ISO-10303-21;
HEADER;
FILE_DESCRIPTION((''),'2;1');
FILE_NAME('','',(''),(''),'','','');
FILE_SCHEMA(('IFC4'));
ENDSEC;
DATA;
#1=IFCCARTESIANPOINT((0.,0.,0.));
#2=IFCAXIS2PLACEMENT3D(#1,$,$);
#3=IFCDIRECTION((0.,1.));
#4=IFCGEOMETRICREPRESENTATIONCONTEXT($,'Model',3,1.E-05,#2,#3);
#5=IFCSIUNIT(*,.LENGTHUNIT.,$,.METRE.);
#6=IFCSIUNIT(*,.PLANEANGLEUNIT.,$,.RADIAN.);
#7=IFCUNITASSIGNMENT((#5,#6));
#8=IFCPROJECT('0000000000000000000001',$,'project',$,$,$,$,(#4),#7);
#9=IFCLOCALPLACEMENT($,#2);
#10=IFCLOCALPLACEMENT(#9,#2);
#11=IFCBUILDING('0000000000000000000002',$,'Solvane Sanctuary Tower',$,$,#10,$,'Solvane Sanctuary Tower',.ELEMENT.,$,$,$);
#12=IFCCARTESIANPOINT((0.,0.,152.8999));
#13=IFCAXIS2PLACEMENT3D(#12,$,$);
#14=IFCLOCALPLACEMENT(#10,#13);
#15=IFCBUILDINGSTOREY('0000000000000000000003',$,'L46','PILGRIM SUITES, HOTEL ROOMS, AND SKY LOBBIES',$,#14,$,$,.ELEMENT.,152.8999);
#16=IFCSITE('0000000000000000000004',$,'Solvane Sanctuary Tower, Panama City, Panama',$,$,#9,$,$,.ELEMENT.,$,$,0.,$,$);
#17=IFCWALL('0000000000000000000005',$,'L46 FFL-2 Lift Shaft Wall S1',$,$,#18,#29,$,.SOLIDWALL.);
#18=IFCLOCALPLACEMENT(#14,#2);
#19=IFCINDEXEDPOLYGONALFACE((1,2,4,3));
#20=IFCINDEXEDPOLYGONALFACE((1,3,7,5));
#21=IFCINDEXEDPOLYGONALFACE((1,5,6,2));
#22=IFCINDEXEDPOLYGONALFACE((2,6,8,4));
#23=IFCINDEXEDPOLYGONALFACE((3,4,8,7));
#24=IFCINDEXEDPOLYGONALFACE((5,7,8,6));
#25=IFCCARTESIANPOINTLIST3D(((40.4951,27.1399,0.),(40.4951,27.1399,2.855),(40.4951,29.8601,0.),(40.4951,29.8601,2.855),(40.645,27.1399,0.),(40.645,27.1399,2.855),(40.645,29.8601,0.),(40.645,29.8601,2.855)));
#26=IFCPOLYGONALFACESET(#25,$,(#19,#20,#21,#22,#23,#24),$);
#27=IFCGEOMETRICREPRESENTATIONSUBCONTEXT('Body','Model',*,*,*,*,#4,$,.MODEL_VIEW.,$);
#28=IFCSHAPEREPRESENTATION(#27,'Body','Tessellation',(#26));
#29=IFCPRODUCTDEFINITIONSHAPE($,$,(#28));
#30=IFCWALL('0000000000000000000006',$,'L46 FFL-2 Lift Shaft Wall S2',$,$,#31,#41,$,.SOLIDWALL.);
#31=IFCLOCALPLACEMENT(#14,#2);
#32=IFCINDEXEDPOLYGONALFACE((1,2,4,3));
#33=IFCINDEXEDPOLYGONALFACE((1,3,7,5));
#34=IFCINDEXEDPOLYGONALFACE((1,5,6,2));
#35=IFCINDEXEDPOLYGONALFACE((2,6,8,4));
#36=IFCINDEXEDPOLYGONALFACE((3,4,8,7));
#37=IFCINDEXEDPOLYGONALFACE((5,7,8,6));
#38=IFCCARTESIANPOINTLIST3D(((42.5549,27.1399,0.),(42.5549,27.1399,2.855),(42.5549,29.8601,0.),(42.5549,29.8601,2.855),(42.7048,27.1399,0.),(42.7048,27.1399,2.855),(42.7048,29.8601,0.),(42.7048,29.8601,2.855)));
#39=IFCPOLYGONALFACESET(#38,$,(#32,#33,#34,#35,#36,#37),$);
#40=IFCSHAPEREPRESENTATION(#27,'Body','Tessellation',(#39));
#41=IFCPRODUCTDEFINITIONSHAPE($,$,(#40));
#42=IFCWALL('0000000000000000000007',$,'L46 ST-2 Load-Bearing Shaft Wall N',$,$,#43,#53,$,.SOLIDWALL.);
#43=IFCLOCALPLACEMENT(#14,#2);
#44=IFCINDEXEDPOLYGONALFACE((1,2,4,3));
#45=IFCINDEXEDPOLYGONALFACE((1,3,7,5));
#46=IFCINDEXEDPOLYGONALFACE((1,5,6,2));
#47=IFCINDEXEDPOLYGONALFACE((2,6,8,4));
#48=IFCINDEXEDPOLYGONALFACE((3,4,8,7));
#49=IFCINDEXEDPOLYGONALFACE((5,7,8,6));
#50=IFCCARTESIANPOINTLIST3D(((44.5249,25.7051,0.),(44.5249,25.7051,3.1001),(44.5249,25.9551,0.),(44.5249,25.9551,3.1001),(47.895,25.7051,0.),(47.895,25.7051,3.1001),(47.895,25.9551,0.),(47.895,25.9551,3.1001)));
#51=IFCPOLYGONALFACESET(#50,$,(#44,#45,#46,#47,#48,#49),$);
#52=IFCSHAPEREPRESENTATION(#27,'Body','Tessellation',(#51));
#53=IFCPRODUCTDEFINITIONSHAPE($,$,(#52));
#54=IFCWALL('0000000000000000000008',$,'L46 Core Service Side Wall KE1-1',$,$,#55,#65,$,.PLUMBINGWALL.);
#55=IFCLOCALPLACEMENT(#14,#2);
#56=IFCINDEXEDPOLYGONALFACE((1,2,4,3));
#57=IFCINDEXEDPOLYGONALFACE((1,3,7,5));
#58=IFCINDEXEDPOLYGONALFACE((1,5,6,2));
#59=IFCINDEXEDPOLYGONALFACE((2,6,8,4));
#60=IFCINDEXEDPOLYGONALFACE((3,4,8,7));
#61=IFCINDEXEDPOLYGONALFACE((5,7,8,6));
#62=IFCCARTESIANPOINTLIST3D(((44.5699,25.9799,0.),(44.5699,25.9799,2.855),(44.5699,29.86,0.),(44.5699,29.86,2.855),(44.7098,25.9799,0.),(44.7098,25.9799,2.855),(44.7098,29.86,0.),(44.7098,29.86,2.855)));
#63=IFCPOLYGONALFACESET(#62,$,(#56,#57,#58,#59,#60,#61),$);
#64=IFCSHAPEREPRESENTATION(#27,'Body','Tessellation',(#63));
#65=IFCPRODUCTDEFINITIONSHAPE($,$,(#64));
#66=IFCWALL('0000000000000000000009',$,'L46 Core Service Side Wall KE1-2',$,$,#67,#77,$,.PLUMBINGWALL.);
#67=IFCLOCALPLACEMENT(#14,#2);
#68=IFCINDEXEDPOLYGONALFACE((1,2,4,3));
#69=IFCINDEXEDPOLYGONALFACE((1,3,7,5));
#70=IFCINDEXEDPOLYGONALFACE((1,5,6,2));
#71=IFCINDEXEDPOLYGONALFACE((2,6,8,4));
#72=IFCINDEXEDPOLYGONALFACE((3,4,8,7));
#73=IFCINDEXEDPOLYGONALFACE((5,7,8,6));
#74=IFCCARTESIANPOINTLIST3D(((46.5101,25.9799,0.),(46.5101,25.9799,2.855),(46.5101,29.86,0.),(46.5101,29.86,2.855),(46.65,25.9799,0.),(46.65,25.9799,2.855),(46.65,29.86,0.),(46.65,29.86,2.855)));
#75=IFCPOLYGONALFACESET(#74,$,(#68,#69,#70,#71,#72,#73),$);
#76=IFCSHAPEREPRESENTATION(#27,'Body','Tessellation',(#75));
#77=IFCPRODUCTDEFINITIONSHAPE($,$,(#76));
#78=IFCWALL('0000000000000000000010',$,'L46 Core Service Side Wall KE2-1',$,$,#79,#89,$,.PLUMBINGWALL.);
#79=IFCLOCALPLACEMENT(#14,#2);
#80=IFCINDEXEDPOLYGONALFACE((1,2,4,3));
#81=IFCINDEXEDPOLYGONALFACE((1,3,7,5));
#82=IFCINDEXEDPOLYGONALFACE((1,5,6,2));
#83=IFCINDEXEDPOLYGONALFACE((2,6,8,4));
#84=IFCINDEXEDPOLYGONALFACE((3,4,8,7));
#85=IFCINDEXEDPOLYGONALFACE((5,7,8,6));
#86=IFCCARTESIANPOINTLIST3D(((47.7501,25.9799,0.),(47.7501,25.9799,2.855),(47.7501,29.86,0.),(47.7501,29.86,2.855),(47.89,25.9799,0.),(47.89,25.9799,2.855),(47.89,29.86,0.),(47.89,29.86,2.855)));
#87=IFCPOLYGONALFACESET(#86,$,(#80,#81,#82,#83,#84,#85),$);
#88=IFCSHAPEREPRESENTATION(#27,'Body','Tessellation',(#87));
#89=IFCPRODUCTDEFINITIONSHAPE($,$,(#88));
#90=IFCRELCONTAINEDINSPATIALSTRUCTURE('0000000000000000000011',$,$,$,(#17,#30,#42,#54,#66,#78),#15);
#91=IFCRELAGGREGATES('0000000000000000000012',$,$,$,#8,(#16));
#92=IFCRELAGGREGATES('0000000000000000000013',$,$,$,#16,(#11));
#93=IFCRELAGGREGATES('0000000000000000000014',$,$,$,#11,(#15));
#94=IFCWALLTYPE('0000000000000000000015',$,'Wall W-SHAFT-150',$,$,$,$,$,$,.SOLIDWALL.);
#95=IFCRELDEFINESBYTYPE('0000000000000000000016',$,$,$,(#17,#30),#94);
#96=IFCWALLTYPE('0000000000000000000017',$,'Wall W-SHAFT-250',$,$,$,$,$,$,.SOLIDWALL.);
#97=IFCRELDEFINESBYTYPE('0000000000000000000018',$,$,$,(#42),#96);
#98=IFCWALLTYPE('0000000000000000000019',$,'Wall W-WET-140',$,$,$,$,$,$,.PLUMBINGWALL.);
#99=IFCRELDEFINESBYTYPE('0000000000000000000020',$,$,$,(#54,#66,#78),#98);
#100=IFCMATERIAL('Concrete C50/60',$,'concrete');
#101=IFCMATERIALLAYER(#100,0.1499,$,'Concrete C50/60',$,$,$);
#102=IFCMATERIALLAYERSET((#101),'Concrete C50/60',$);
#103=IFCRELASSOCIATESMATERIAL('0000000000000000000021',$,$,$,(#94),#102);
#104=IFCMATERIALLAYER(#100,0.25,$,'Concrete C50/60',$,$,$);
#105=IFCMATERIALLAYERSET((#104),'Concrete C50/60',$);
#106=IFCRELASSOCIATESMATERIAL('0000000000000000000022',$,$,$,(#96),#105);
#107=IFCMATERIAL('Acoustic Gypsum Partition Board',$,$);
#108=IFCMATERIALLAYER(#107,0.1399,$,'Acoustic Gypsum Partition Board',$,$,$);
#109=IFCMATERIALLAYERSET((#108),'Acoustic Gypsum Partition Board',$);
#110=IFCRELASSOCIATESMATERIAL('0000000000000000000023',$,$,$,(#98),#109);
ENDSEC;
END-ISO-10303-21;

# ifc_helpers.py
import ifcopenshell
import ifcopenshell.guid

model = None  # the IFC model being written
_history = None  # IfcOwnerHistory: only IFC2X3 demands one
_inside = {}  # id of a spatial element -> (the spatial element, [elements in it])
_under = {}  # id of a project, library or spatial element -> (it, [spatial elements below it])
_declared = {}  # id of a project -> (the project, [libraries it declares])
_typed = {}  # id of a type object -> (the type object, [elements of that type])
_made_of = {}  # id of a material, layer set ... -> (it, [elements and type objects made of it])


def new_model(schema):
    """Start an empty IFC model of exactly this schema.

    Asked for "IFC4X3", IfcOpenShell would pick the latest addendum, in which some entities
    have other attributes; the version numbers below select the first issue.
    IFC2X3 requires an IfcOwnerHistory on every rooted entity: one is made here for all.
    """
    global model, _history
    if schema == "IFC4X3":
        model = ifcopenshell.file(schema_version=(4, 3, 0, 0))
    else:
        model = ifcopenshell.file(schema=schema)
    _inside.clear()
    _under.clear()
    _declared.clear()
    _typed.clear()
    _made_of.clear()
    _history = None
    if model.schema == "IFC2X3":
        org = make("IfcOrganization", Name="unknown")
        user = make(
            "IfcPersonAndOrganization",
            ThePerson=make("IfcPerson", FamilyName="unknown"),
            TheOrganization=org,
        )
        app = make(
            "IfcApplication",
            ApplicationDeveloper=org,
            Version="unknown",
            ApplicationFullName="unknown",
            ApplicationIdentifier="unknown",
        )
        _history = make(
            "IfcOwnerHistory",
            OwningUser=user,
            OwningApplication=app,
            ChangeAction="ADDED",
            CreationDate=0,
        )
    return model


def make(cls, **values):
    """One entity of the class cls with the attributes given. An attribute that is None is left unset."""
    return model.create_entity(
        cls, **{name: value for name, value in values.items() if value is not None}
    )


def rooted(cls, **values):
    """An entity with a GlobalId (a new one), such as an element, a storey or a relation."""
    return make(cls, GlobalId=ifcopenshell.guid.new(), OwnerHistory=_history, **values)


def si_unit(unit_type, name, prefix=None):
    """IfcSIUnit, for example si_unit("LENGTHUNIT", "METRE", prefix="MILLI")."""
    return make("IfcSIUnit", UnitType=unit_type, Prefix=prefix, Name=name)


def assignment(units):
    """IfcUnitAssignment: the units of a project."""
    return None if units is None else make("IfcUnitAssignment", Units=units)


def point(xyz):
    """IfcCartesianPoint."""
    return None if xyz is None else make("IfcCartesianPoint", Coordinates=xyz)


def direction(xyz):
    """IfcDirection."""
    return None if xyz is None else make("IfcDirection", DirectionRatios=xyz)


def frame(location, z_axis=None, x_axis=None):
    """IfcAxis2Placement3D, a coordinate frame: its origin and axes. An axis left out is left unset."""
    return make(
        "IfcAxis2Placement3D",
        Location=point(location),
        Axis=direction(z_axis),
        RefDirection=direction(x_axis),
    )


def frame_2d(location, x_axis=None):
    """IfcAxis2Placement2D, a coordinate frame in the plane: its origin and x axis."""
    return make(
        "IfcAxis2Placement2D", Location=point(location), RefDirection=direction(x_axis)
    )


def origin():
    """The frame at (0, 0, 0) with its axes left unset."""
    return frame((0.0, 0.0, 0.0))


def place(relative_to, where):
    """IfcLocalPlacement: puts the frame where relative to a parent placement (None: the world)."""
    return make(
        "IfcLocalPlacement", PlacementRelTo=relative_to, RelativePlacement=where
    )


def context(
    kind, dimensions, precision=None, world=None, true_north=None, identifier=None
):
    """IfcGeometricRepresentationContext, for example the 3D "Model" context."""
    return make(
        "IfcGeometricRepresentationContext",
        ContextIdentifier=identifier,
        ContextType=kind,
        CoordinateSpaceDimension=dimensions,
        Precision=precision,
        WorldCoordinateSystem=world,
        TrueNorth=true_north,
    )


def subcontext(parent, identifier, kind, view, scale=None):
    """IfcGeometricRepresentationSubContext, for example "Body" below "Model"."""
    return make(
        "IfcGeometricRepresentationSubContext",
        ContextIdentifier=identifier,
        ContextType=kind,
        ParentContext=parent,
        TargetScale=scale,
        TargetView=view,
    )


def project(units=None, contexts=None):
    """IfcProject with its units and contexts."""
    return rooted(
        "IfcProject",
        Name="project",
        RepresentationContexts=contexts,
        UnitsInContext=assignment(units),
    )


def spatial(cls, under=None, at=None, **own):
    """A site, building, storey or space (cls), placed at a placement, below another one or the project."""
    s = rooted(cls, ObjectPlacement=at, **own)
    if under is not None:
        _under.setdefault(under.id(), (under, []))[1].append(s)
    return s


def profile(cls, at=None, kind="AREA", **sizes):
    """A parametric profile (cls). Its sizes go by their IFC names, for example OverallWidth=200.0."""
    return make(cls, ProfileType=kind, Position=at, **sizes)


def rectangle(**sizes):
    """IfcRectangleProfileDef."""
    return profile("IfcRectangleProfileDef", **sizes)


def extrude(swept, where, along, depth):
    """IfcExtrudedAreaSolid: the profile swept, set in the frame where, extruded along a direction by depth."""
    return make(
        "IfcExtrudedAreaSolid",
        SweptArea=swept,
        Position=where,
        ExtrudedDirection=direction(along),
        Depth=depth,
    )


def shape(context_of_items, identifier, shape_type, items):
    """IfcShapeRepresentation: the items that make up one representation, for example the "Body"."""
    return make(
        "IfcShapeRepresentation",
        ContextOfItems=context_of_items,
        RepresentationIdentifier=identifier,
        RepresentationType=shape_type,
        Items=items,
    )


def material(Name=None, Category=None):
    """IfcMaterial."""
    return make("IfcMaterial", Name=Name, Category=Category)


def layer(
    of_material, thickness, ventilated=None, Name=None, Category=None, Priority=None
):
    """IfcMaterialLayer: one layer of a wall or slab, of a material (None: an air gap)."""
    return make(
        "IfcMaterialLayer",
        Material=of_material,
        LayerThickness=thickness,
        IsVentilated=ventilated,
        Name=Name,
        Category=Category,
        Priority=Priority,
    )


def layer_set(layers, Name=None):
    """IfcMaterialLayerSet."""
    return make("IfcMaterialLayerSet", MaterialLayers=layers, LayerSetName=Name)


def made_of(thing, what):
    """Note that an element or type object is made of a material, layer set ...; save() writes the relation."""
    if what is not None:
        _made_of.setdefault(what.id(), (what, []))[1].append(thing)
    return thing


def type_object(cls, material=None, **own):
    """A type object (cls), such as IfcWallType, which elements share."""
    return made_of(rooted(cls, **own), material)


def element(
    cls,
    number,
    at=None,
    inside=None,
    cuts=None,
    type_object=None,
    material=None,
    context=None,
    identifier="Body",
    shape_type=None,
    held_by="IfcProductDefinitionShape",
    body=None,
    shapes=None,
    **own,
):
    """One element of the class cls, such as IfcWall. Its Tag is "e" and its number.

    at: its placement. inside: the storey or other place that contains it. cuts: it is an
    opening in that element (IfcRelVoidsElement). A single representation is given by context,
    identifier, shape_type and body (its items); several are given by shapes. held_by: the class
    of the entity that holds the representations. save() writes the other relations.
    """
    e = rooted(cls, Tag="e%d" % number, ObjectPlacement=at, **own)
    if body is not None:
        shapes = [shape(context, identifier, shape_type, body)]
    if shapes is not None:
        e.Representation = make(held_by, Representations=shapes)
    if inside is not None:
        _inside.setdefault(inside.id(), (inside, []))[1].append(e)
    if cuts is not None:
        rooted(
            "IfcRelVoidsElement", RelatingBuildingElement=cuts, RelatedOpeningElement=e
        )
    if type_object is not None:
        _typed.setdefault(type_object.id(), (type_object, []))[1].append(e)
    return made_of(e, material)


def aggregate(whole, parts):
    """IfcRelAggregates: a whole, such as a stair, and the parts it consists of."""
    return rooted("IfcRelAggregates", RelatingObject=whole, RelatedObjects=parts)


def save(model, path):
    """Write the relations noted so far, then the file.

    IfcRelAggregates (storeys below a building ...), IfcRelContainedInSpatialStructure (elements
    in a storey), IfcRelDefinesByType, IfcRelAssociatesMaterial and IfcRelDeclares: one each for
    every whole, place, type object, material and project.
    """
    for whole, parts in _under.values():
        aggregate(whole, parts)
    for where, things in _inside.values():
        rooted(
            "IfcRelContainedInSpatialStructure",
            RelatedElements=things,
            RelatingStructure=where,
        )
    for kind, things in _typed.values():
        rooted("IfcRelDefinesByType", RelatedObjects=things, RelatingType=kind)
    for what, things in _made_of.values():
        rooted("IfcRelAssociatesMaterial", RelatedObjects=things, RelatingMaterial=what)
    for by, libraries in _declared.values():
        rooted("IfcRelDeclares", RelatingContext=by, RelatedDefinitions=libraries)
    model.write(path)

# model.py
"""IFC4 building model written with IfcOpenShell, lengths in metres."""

from ifc_helpers import new_model, si_unit, direction, frame, frame_2d, origin, place, context, subcontext, project, spatial, rectangle, extrude, material, layer, layer_set, type_object, element, save


model = new_model("IFC4")

# Units and contexts
model_context = context("Model", 3, precision=1e-05, world=origin(), true_north=direction((0.0, 1.0)))
body_context = subcontext(model_context, "Body", "Model", "MODEL_VIEW")
ifc_project = project(units=[si_unit("LENGTHUNIT", "METRE"), si_unit("PLANEANGLEUNIT", "RADIAN")], contexts=[model_context])

# Site, building, storey
site_placement = place(None, origin())
site = spatial("IfcSite", under=ifc_project, at=site_placement, Name="Solvane Sanctuary Tower, Panama City, Panama", CompositionType="ELEMENT", RefElevation=0.0)
building_placement = place(site_placement, origin())
building = spatial("IfcBuilding", under=site, at=building_placement, Name="Solvane Sanctuary Tower", LongName="Solvane Sanctuary Tower", CompositionType="ELEMENT")
storey_placement = place(building_placement, frame((0.0, 0.0, 152.8999)))
storey = spatial("IfcBuildingStorey", under=building, at=storey_placement, Name="L46", Description="PILGRIM SUITES, HOTEL ROOMS, AND SKY LOBBIES", CompositionType="ELEMENT", Elevation=152.8999)

# Shared definitions
ifc_material_1 = material(Name="Acoustic Gypsum Partition Board")
ifc_material_2 = material(Name="Concrete C50/60", Category="concrete")
ifc_layer_1 = layer(ifc_material_2, 0.1499, Name="Concrete C50/60")
ifc_layer_set_1 = layer_set([ifc_layer_1], Name="Concrete C50/60")
wall_type_1 = type_object("IfcWallType", Name="Wall W-SHAFT-150", PredefinedType="SOLIDWALL", material=ifc_layer_set_1)

# Walls
for number, where, z_axis, x_axis, name in (
    (1, (40.5701, 27.1399, 0.0), (0.0, 0.0, 1.0), (0.0, 1.0, 0.0), "L46 FFL-2 Lift Shaft Wall S1"),
    (2, (42.6299, 27.1399, 0.0), (0.0, 0.0, 1.0), (0.0, 1.0, 0.0), "L46 FFL-2 Lift Shaft Wall S2"),
):
    element("IfcWall", number, at=place(storey_placement, frame(where, z_axis=z_axis, x_axis=x_axis)), inside=storey, type_object=wall_type_1, Name=name, PredefinedType="SOLIDWALL", context=body_context, shape_type="SweptSolid", body=[
        extrude(rectangle(XDim=2.7202, YDim=0.1499, at=frame_2d((1.3601, 0.0))), origin(), (0.0, 0.0, 1.0), 2.855),
    ])
ifc_layer_2 = layer(ifc_material_2, 0.25, Name="Concrete C50/60")
ifc_layer_set_2 = layer_set([ifc_layer_2], Name="Concrete C50/60")
wall_type_2 = type_object("IfcWallType", Name="Wall W-SHAFT-250", PredefinedType="SOLIDWALL", material=ifc_layer_set_2)
wall_1_placement = place(storey_placement, frame((44.5249, 25.8301, 0.0), z_axis=(0.0, 0.0, 1.0), x_axis=(1.0, 0.0, 0.0)))
element("IfcWall", 3, at=wall_1_placement, inside=storey, type_object=wall_type_2, Name="L46 ST-2 Load-Bearing Shaft Wall N", PredefinedType="SOLIDWALL", context=body_context, shape_type="SweptSolid", body=[
    extrude(rectangle(XDim=3.3701, YDim=0.25, at=frame_2d((1.6851, 0.0))), origin(), (0.0, 0.0, 1.0), 3.1001),
])
ifc_layer_3 = layer(ifc_material_1, 0.1399, Name="Acoustic Gypsum Partition Board")
ifc_layer_set_3 = layer_set([ifc_layer_3], Name="Acoustic Gypsum Partition Board")
wall_type_3 = type_object("IfcWallType", Name="Wall W-WET-140", PredefinedType="PLUMBINGWALL", material=ifc_layer_set_3)
for number, where, z_axis, x_axis, name in (
    (4, (44.6399, 25.98, 0.0), (0.0, 0.0, 1.0), (0.0, 1.0, 0.0), "L46 Core Service Side Wall KE1-1"),
    (5, (46.5801, 25.98, 0.0), (0.0, 0.0, 1.0), (0.0, 1.0, 0.0), "L46 Core Service Side Wall KE1-2"),
    (6, (47.8201, 25.98, 0.0), (0.0, 0.0, 1.0), (0.0, 1.0, 0.0), "L46 Core Service Side Wall KE2-1"),
):
    element("IfcWall", number, at=place(storey_placement, frame(where, z_axis=z_axis, x_axis=x_axis)), inside=storey, type_object=wall_type_3, Name=name, PredefinedType="PLUMBINGWALL", context=body_context, shape_type="SweptSolid", body=[
        extrude(rectangle(XDim=3.8801, YDim=0.1399, at=frame_2d((1.9399, 0.0))), origin(), (0.0, 0.0, 1.0), 2.855),
    ])

save(model, "model.ifc")
